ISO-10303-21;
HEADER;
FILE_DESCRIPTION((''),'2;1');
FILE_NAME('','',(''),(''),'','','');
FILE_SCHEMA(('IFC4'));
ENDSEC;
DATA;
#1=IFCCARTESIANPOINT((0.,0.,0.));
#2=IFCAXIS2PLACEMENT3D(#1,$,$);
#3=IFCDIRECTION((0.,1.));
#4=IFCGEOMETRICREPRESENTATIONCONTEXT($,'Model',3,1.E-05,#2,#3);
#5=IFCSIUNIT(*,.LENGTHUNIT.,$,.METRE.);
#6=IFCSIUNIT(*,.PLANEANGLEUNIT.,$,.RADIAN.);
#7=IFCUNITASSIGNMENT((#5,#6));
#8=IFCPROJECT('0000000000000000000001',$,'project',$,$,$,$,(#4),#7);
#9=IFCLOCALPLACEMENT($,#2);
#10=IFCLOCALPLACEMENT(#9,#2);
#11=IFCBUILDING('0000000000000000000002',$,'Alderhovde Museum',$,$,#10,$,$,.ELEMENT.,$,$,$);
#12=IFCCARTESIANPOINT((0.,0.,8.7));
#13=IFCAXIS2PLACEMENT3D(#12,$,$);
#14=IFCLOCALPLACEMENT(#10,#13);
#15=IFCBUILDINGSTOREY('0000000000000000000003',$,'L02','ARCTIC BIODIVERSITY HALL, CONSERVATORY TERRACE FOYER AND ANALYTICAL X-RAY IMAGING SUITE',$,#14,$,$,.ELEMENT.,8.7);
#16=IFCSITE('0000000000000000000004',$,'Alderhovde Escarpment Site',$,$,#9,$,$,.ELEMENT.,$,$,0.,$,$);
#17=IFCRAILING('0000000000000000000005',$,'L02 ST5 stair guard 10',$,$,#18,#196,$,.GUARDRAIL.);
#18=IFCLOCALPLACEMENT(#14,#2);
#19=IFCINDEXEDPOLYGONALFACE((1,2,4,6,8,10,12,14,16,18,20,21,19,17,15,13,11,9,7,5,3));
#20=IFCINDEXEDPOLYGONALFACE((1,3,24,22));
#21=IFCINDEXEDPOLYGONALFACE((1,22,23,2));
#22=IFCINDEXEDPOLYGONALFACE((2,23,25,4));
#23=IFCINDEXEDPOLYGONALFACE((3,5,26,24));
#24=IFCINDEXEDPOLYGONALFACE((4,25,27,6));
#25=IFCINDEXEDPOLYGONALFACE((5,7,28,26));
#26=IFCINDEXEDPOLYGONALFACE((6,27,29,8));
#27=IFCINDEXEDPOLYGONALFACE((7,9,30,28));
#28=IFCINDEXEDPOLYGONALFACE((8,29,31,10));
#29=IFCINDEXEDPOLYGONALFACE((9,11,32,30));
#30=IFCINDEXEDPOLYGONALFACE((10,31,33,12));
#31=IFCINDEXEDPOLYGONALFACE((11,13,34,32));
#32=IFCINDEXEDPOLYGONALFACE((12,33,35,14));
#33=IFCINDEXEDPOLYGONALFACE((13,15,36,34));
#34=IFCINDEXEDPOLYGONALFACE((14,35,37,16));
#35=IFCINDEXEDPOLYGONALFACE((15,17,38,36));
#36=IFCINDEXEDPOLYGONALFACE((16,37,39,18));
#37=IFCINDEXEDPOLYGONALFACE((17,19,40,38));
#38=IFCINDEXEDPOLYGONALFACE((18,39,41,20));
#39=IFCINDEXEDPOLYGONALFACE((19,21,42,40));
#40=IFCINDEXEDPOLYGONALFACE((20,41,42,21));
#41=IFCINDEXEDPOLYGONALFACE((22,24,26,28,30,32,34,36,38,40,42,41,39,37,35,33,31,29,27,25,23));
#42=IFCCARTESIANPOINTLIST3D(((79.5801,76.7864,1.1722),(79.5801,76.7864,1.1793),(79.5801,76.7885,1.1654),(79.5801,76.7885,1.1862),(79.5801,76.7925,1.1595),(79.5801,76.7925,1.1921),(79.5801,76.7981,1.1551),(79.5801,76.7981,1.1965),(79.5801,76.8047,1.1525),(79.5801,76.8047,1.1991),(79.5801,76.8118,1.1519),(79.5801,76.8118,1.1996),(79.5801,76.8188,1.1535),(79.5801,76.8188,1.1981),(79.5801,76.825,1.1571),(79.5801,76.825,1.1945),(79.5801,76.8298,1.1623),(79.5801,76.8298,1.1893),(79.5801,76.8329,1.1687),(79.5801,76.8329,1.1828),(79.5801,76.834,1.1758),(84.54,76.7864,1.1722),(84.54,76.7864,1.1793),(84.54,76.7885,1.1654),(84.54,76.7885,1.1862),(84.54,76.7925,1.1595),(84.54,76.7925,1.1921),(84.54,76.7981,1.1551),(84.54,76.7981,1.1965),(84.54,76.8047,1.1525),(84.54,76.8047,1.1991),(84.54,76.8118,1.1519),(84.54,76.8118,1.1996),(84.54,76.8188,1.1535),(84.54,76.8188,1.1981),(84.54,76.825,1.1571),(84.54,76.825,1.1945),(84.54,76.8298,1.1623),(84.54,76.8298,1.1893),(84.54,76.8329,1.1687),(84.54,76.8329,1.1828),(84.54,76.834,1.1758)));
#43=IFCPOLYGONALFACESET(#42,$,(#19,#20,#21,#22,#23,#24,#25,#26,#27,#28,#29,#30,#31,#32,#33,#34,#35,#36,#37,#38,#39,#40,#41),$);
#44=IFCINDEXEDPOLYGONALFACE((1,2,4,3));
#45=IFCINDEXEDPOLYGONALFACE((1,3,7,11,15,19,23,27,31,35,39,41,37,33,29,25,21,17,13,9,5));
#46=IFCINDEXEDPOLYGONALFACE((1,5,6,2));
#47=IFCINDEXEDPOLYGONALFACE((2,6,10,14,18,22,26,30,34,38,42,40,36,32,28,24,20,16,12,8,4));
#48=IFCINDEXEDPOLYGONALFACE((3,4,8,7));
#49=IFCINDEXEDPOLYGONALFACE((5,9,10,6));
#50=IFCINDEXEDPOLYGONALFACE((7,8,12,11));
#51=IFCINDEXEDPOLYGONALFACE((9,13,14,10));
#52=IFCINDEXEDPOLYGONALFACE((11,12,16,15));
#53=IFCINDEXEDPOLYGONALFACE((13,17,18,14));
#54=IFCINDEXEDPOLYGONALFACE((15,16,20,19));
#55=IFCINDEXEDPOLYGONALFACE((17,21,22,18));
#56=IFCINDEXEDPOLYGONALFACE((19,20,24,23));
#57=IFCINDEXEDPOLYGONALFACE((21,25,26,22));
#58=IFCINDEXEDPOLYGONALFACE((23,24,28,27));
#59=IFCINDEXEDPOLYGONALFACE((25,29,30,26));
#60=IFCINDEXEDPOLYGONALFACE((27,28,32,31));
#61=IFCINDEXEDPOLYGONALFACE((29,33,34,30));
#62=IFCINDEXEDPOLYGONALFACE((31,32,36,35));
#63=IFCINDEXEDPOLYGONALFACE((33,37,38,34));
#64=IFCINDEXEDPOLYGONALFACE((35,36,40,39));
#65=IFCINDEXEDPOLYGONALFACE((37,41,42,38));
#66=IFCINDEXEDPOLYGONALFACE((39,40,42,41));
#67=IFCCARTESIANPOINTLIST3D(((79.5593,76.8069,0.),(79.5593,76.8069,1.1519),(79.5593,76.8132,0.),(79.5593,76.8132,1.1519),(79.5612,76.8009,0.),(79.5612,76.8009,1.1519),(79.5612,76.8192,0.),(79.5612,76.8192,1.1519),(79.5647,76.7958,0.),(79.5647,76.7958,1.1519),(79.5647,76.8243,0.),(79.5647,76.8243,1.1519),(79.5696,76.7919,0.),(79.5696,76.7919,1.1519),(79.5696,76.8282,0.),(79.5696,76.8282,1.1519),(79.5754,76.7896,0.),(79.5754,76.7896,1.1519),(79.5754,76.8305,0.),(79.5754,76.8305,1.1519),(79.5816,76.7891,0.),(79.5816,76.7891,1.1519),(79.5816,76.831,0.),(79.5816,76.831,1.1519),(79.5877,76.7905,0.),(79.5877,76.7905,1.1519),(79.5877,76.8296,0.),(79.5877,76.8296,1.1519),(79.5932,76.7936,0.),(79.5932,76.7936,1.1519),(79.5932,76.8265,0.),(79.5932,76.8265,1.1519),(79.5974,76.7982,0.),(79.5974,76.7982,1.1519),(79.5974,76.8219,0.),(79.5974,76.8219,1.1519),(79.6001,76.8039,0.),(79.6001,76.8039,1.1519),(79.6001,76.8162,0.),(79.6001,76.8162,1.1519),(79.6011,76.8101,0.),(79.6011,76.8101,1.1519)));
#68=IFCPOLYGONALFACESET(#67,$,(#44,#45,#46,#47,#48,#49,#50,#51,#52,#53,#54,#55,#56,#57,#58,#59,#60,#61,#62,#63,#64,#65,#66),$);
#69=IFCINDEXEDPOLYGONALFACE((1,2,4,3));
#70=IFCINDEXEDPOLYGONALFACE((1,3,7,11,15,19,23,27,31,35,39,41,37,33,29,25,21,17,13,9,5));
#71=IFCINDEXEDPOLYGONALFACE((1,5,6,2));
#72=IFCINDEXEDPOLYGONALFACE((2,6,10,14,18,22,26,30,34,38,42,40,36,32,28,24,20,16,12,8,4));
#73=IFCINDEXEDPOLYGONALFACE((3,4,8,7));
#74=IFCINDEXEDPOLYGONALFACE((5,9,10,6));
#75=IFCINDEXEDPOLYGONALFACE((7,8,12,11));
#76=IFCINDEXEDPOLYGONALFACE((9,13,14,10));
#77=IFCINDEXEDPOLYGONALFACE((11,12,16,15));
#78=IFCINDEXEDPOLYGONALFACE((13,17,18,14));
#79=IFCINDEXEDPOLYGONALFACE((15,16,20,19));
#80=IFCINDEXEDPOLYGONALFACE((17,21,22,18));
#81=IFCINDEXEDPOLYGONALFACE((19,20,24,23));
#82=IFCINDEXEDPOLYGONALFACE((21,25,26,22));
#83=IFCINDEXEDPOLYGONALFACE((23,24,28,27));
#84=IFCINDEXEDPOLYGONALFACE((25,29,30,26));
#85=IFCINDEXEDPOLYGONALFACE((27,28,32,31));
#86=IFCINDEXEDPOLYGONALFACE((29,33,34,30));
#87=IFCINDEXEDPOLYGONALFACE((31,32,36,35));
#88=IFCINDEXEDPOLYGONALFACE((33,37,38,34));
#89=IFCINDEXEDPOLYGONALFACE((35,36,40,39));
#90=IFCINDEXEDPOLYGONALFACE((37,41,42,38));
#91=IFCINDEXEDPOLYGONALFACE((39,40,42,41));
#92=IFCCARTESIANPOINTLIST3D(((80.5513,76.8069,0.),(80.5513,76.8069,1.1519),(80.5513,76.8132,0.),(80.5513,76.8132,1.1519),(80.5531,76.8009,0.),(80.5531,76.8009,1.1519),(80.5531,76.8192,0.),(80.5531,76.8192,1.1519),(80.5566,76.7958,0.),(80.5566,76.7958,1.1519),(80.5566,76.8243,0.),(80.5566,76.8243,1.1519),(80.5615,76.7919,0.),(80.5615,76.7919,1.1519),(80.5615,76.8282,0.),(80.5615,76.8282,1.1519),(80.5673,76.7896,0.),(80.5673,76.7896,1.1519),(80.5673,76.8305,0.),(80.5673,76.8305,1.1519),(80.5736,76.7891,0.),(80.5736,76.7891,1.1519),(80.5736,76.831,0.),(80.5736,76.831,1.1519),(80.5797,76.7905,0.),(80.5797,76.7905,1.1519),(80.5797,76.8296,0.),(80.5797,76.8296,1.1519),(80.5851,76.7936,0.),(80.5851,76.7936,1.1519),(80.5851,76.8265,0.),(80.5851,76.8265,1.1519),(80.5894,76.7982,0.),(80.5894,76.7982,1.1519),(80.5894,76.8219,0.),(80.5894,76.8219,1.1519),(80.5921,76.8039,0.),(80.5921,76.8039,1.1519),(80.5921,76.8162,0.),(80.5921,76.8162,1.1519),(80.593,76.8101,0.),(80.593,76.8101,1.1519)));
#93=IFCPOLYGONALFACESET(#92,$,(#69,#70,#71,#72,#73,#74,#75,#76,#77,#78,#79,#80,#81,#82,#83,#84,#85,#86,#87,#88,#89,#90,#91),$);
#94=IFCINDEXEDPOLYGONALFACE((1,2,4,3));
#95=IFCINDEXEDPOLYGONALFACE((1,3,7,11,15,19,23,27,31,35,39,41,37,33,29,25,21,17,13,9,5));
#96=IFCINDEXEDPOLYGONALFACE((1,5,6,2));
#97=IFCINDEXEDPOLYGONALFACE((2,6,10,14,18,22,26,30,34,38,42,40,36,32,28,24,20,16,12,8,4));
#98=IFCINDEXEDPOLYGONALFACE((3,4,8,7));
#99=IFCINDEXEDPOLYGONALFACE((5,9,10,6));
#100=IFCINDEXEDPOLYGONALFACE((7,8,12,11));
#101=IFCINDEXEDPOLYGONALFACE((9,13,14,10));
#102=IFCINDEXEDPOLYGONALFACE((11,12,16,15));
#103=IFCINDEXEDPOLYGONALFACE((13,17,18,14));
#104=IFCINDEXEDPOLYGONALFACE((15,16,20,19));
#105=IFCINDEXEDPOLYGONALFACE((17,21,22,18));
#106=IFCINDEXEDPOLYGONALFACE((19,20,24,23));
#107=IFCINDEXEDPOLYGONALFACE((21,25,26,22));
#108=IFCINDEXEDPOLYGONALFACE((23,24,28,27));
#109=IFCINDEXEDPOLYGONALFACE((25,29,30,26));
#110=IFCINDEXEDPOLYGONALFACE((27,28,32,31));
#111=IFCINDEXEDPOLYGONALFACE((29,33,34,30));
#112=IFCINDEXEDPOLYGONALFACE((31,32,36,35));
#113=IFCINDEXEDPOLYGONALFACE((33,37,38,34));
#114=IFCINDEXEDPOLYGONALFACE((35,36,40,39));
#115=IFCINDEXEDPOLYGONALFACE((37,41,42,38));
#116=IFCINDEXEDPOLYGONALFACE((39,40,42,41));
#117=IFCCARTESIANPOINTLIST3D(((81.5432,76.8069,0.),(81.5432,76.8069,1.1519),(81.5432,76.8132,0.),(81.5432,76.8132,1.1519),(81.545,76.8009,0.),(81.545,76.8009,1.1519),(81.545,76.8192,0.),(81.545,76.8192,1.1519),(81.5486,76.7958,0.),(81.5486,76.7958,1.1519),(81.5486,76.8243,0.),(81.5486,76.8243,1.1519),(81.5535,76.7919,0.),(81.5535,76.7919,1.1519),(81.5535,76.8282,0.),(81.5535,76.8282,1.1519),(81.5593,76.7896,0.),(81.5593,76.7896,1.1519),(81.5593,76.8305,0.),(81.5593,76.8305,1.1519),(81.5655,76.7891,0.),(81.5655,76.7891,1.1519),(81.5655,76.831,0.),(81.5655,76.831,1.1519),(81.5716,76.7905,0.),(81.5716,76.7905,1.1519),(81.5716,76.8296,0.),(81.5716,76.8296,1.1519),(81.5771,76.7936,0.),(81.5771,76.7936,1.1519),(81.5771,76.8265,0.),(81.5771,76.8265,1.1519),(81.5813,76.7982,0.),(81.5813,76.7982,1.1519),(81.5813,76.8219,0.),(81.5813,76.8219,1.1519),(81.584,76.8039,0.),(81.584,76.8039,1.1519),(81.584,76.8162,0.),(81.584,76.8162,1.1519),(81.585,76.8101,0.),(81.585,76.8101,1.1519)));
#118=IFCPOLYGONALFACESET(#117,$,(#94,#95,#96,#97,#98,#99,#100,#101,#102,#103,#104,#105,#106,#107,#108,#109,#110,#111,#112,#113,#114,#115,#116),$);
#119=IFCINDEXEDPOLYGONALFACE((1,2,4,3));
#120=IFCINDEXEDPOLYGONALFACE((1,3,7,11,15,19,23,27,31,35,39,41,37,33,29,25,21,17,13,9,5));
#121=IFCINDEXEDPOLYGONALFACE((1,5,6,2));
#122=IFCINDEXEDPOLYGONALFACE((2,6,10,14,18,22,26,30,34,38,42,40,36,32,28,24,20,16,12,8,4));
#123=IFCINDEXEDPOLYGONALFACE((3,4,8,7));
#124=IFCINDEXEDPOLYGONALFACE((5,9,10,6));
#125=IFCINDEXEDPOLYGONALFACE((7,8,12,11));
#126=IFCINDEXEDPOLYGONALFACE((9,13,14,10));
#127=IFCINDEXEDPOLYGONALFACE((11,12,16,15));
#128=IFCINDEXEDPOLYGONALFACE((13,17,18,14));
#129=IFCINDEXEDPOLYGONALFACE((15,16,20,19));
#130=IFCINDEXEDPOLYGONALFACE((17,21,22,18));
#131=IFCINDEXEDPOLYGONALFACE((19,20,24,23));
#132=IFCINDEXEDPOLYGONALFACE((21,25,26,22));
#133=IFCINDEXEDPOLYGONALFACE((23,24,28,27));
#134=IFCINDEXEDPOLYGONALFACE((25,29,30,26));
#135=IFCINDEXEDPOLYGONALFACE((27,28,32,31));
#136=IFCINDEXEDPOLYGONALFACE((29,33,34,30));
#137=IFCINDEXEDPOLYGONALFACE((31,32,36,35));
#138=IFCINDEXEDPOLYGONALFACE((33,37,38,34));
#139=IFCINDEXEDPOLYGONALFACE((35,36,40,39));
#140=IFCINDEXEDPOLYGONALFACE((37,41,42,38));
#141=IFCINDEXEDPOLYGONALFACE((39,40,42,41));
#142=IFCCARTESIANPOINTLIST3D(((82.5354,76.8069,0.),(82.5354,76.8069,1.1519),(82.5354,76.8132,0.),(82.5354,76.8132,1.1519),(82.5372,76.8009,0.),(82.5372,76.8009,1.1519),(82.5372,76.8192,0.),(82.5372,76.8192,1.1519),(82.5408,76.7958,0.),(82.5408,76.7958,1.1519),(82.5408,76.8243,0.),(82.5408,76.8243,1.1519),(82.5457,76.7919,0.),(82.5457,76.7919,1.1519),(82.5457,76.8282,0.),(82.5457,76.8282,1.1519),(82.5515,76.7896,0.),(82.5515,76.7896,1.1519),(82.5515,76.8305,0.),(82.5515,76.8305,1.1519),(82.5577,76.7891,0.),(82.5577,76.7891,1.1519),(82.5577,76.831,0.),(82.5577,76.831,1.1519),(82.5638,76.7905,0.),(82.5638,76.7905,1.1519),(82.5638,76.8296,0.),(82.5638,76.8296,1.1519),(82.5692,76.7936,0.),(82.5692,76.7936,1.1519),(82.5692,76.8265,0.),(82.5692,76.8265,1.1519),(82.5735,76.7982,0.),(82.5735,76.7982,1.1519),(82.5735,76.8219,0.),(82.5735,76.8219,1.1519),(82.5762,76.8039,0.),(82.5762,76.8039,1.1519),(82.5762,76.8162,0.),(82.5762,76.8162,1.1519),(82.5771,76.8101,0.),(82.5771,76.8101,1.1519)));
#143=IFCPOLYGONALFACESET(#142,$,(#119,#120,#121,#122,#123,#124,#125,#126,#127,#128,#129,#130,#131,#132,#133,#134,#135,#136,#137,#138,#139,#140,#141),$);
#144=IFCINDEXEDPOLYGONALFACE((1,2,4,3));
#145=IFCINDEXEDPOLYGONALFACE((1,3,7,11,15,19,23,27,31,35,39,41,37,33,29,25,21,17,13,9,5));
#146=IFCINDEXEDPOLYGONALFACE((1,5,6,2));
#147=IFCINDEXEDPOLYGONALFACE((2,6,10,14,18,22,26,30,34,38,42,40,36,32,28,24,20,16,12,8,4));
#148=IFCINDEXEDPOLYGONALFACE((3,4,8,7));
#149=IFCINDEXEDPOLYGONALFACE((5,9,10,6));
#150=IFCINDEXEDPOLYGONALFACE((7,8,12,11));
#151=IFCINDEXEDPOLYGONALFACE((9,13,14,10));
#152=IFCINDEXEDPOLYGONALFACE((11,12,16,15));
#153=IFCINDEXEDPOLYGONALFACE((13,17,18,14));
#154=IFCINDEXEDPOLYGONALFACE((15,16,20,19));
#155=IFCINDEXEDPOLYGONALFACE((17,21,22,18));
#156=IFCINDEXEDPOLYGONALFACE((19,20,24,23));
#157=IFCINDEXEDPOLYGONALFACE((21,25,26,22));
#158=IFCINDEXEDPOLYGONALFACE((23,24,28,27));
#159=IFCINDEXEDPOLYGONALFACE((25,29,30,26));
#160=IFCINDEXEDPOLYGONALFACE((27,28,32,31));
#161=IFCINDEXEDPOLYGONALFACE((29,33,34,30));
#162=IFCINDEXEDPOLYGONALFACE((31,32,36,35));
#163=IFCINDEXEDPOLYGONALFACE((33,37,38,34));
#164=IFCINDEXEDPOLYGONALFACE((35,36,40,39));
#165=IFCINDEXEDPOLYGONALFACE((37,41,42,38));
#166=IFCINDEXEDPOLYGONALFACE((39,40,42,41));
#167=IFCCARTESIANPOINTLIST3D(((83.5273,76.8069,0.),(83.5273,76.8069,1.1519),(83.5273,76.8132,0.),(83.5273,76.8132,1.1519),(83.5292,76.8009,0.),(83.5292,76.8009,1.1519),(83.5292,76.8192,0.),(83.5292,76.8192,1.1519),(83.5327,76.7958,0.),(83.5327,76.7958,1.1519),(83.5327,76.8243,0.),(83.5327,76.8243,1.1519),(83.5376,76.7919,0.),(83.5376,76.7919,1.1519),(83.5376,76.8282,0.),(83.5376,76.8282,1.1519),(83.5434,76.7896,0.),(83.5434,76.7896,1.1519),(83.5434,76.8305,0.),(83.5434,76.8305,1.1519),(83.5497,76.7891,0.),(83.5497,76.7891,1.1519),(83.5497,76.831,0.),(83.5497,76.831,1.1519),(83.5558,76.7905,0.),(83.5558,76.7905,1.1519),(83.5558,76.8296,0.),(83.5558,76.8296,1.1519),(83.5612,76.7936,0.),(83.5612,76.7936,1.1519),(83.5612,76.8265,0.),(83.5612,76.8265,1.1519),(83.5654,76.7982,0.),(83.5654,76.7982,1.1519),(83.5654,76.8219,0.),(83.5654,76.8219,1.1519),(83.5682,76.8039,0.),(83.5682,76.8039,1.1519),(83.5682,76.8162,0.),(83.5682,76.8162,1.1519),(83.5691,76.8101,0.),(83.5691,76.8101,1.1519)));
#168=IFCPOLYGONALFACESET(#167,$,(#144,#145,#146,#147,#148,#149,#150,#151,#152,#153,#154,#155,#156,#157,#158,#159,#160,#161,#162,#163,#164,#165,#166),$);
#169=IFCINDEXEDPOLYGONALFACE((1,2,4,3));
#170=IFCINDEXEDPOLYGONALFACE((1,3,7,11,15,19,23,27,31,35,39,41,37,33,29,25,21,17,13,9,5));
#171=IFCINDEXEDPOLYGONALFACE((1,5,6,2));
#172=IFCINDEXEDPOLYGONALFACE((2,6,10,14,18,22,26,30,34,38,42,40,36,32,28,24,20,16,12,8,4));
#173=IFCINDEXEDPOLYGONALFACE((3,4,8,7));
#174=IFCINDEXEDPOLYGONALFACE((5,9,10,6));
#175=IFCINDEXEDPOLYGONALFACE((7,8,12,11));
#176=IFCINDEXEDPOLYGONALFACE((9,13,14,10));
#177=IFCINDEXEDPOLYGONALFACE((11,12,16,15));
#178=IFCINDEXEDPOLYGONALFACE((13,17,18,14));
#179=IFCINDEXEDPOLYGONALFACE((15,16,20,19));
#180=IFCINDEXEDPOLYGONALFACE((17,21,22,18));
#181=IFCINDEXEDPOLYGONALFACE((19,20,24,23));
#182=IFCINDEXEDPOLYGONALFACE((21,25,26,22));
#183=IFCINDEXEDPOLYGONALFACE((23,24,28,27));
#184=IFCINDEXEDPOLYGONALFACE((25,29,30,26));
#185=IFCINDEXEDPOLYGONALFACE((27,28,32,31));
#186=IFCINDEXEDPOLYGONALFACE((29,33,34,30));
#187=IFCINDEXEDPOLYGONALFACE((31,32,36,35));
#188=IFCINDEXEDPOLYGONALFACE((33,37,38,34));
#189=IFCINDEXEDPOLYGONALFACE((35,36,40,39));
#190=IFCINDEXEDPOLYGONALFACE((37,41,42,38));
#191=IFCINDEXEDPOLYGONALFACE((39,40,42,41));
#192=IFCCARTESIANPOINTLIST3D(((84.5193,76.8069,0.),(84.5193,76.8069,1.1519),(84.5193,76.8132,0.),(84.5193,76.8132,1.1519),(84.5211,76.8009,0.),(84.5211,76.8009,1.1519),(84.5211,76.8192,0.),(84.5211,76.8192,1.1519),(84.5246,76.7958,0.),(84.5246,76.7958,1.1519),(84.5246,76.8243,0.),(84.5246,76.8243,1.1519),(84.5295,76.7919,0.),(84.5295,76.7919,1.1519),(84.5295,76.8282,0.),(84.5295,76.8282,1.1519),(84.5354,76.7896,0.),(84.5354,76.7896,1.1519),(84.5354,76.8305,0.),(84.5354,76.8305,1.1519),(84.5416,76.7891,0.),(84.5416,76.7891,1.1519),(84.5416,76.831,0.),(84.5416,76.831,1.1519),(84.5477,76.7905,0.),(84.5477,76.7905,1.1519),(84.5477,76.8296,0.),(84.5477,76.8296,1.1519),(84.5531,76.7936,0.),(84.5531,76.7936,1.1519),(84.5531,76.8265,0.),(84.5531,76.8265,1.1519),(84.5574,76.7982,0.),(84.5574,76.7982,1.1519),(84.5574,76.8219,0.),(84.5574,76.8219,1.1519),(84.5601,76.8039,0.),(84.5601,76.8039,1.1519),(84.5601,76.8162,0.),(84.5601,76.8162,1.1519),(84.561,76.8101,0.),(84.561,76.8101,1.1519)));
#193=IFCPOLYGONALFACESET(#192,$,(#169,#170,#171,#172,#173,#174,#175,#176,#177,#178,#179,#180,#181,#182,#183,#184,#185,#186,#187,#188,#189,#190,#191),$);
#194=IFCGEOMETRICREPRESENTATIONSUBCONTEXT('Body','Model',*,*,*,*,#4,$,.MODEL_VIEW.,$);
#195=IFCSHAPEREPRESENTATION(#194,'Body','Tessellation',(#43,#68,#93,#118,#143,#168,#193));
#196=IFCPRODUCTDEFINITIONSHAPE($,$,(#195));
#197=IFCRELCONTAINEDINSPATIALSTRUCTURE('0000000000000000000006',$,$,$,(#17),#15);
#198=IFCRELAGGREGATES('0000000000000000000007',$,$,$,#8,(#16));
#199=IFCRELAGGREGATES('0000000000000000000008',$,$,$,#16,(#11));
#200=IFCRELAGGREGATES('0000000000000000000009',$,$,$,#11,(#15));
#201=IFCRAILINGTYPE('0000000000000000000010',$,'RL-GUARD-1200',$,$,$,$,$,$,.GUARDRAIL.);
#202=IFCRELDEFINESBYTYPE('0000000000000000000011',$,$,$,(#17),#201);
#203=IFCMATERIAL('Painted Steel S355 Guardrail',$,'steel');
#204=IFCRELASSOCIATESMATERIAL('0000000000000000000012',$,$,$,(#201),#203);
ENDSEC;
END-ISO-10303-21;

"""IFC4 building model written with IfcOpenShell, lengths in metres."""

from ifc_helpers import new_model, si_unit, direction, frame, origin, origin_2d, place, context, subcontext, project, spatial, circle, extrude, material, type_object, element, save


model = new_model("IFC4")

# Units and contexts
model_context = context("Model", 3, precision=1e-05, world=origin(), true_north=direction((0.0, 1.0)))
body_context = subcontext(model_context, "Body", "Model", "MODEL_VIEW")
ifc_project = project(units=[si_unit("LENGTHUNIT", "METRE"), si_unit("PLANEANGLEUNIT", "RADIAN")], contexts=[model_context])

# Site, building, storey
site_placement = place(None, origin())
site = spatial("IfcSite", under=ifc_project, at=site_placement, Name="Alderhovde Escarpment Site", CompositionType="ELEMENT", RefElevation=0.0)
building_placement = place(site_placement, origin())
building = spatial("IfcBuilding", under=site, at=building_placement, Name="Alderhovde Museum", CompositionType="ELEMENT")
storey_placement = place(building_placement, frame((0.0, 0.0, 8.7)))
storey = spatial("IfcBuildingStorey", under=building, at=storey_placement, Name="L02", Description="ARCTIC BIODIVERSITY HALL, CONSERVATORY TERRACE FOYER AND ANALYTICAL X-RAY IMAGING SUITE", CompositionType="ELEMENT", Elevation=8.7)

# Railing
ifc_material_1 = material(Name="Painted Steel S355 Guardrail", Category="steel")
railing_type_1 = type_object("IfcRailingType", Name="RL-GUARD-1200", PredefinedType="GUARDRAIL", material=ifc_material_1)
for number, where, name in (
    (1, (79.5801, 76.8101, 0.0), "L02 ST5 stair guard 10"),
):
    element("IfcRailing", number, at=place(storey_placement, frame(where)), inside=storey, type_object=railing_type_1, Name=name, PredefinedType="GUARDRAIL", context=body_context, shape_type="SweptSolid", body=[
        extrude(circle(Radius=0.0239, at=origin_2d()), frame((0.0, 0.0, 1.1758), z_axis=(1.0, 0.0, 0.0), x_axis=(0.0, 1.0, 0.0)), (0.0, 0.0, 1.0), 4.96),
        extrude(circle(Radius=0.021, at=origin_2d()), origin(), (0.0, 0.0, 1.0), 1.1519),
        extrude(circle(Radius=0.021, at=origin_2d()), frame((0.9919, 0.0, 0.0)), (0.0, 0.0, 1.0), 1.1519),
        extrude(circle(Radius=0.021, at=origin_2d()), frame((1.9839, 0.0, 0.0)), (0.0, 0.0, 1.0), 1.1519),
        extrude(circle(Radius=0.021, at=origin_2d()), frame((2.9761, 0.0, 0.0)), (0.0, 0.0, 1.0), 1.1519),
        extrude(circle(Radius=0.021, at=origin_2d()), frame((3.968, 0.0, 0.0)), (0.0, 0.0, 1.0), 1.1519),
        extrude(circle(Radius=0.021, at=origin_2d()), frame((4.96, 0.0, 0.0)), (0.0, 0.0, 1.0), 1.1519),
    ])

save(model, "model.ifc")
